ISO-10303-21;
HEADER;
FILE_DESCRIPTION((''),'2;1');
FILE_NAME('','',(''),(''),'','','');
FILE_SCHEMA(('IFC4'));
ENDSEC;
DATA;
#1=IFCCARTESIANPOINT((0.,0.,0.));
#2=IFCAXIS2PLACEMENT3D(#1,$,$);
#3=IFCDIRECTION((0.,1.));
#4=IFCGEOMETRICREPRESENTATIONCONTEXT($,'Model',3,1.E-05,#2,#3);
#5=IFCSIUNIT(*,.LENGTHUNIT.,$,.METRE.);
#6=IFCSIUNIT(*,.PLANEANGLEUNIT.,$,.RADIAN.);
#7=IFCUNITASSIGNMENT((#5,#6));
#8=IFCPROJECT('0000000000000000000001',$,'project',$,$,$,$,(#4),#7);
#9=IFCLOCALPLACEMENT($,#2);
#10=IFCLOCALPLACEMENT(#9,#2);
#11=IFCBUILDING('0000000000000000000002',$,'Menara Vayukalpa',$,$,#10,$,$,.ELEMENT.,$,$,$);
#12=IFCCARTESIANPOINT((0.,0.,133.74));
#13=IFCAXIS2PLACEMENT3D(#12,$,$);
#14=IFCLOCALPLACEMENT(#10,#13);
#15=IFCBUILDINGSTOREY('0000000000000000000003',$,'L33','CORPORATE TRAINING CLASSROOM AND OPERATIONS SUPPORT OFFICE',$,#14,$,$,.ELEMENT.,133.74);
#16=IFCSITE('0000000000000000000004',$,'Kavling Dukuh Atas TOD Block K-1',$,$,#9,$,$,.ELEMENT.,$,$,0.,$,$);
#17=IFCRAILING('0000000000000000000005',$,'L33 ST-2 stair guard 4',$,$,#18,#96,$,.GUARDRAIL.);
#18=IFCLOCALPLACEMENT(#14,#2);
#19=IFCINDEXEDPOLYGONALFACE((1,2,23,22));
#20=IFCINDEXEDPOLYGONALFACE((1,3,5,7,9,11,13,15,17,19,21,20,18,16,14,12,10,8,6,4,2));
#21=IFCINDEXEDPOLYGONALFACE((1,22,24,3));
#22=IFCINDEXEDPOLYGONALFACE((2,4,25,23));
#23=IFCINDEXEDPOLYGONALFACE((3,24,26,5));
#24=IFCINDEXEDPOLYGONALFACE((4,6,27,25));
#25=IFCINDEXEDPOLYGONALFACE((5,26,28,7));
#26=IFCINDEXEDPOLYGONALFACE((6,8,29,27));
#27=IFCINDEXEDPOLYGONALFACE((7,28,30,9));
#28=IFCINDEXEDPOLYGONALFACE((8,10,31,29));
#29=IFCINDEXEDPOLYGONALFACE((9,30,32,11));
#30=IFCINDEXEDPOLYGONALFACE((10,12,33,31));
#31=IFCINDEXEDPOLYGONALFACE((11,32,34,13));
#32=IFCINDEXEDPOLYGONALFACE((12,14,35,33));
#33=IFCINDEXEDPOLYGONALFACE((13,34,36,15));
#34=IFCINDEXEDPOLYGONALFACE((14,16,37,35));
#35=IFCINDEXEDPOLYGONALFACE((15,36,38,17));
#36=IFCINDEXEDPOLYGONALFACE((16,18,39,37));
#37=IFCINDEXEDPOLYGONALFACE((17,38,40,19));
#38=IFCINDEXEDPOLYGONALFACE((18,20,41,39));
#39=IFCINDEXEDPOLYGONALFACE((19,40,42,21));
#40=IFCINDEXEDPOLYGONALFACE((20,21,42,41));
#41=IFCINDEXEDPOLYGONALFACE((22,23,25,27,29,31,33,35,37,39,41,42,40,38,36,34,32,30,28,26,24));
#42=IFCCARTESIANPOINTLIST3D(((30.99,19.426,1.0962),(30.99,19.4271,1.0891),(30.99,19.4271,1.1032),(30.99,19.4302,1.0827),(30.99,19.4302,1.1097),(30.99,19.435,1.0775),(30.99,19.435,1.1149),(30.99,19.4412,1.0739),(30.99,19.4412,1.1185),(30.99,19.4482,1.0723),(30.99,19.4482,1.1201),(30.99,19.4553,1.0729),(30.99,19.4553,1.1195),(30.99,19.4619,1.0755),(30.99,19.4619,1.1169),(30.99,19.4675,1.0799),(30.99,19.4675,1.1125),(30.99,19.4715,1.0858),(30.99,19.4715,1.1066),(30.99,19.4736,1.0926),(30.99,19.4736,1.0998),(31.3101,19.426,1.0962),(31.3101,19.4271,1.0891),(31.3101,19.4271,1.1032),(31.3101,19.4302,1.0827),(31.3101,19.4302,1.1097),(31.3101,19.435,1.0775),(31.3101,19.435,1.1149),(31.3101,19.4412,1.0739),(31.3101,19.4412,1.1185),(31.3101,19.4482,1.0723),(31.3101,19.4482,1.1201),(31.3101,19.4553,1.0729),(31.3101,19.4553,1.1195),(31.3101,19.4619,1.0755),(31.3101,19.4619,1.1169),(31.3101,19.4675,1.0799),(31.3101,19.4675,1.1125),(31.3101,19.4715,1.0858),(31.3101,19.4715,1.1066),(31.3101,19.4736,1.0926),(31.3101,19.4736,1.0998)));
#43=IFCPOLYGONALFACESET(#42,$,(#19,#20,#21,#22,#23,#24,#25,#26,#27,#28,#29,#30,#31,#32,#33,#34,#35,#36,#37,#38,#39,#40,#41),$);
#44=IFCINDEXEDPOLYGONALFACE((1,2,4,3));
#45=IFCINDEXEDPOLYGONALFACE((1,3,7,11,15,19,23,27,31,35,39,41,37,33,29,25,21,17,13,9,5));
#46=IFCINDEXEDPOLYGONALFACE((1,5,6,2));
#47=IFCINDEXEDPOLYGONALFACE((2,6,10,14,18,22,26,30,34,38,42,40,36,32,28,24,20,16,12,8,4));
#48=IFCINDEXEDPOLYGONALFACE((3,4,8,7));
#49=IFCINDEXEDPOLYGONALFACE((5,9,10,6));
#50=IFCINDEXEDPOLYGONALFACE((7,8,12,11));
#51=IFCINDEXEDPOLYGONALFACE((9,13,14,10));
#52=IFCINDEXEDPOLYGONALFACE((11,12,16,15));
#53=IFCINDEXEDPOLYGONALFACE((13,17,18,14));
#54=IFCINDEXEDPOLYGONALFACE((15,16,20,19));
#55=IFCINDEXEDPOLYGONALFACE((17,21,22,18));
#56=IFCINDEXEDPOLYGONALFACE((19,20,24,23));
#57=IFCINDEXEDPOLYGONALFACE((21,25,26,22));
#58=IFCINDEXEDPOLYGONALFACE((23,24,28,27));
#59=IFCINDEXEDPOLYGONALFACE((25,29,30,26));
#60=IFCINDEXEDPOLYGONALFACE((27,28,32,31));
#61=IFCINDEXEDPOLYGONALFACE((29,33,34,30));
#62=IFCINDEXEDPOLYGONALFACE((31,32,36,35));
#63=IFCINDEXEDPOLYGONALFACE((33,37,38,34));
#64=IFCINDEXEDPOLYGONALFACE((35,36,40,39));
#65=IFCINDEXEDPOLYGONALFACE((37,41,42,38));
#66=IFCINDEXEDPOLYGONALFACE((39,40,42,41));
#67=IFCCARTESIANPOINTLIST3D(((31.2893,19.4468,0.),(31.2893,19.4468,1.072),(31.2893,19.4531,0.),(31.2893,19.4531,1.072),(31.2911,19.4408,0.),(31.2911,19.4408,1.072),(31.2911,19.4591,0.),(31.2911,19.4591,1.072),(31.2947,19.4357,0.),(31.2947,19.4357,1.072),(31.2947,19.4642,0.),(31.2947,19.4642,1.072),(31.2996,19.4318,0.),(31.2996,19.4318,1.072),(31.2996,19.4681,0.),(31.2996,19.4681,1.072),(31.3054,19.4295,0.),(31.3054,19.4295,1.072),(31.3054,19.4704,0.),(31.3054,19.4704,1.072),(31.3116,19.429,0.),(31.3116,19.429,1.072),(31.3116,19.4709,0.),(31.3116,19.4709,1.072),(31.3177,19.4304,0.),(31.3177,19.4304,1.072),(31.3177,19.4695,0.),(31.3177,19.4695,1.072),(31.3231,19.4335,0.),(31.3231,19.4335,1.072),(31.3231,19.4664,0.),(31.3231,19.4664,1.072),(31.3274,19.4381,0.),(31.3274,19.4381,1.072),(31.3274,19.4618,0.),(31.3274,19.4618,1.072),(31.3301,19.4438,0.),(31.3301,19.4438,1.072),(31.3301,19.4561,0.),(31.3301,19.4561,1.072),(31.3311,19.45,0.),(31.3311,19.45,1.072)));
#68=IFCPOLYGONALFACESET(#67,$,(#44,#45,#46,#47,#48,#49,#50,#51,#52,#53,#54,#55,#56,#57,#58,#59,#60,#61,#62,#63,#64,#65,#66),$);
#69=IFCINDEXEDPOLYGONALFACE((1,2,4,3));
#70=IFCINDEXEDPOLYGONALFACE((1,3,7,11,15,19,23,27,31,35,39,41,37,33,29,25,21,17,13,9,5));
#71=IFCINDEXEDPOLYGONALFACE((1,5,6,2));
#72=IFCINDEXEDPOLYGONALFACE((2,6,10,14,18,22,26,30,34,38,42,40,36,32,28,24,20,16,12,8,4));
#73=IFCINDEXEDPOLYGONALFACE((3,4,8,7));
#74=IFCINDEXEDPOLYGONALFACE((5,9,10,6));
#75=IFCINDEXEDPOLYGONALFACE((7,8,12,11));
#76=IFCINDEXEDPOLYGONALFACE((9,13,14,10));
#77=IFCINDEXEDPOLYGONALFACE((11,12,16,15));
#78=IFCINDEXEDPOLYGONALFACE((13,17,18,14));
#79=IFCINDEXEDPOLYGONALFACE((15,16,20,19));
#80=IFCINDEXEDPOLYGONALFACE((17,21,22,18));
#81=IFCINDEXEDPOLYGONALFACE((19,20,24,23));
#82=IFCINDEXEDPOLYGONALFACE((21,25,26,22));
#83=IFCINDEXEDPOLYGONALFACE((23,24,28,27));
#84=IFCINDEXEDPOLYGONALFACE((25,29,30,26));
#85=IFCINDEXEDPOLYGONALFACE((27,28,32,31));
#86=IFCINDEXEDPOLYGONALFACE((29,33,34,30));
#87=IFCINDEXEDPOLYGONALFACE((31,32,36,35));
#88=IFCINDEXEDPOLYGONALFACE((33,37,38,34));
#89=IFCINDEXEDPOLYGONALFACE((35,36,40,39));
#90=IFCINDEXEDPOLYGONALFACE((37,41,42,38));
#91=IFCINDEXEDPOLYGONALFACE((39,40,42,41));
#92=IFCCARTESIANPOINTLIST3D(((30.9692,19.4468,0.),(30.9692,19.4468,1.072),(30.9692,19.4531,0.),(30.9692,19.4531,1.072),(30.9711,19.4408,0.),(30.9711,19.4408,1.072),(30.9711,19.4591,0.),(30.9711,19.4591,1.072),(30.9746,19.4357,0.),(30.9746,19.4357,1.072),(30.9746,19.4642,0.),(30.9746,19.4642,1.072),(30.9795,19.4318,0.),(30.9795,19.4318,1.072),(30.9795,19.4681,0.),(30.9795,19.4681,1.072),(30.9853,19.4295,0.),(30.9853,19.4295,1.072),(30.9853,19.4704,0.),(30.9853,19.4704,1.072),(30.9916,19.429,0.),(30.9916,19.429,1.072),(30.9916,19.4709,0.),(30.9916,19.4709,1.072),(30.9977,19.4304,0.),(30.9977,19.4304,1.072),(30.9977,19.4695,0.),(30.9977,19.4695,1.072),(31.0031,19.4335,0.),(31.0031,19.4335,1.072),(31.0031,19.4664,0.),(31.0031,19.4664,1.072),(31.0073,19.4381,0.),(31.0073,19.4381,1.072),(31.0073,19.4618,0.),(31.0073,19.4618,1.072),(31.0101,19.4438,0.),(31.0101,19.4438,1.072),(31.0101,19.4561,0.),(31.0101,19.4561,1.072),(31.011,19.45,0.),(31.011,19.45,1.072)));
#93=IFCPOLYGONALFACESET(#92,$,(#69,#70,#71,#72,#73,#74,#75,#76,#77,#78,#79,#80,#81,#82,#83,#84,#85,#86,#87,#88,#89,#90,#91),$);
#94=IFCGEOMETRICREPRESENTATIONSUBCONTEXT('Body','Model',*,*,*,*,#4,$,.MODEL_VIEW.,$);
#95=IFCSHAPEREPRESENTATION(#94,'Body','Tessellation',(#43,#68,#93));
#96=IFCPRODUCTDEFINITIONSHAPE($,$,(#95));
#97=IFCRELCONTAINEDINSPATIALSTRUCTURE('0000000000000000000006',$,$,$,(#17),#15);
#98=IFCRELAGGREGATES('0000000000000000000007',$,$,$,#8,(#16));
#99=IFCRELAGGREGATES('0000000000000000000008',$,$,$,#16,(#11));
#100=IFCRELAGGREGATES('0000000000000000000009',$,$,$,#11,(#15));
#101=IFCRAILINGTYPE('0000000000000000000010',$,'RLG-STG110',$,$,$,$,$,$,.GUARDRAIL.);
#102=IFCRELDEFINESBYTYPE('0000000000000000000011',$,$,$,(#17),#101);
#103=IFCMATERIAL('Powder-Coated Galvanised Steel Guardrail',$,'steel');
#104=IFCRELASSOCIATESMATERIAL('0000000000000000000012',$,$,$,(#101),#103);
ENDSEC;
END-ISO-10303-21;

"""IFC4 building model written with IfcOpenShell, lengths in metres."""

from ifc_helpers import new_model, si_unit, direction, frame, origin, origin_2d, place, context, subcontext, project, spatial, circle, extrude, material, type_object, element, save


model = new_model("IFC4")

# Units and contexts
model_context = context("Model", 3, precision=1e-05, world=origin(), true_north=direction((0.0, 1.0)))
body_context = subcontext(model_context, "Body", "Model", "MODEL_VIEW")
ifc_project = project(units=[si_unit("LENGTHUNIT", "METRE"), si_unit("PLANEANGLEUNIT", "RADIAN")], contexts=[model_context])

# Site, building, storey
site_placement = place(None, origin())
site = spatial("IfcSite", under=ifc_project, at=site_placement, Name="Kavling Dukuh Atas TOD Block K-1", CompositionType="ELEMENT", RefElevation=0.0)
building_placement = place(site_placement, origin())
building = spatial("IfcBuilding", under=site, at=building_placement, Name="Menara Vayukalpa", CompositionType="ELEMENT")
storey_placement = place(building_placement, frame((0.0, 0.0, 133.74)))
storey = spatial("IfcBuildingStorey", under=building, at=storey_placement, Name="L33", Description="CORPORATE TRAINING CLASSROOM AND OPERATIONS SUPPORT OFFICE", CompositionType="ELEMENT", Elevation=133.74)

# Railing
ifc_material_1 = material(Name="Powder-Coated Galvanised Steel Guardrail", Category="steel")
railing_type_1 = type_object("IfcRailingType", Name="RLG-STG110", PredefinedType="GUARDRAIL", material=ifc_material_1)
railing_1_placement = place(storey_placement, frame((31.3101, 19.45, 0.0)))
element("IfcRailing", 1, at=railing_1_placement, inside=storey, type_object=railing_type_1, Name="L33 ST-2 stair guard 4", PredefinedType="GUARDRAIL", context=body_context, shape_type="SweptSolid", body=[
    extrude(circle(Radius=0.0239, at=origin_2d()), frame((0.0, 0.0, 1.0962), z_axis=(-1.0, 0.0, 0.0), x_axis=(0.0, -1.0, 0.0)), (0.0, 0.0, 1.0), 0.3201),
    extrude(circle(Radius=0.021, at=origin_2d()), origin(), (0.0, 0.0, 1.0), 1.072),
    extrude(circle(Radius=0.021, at=origin_2d()), frame((-0.3201, 0.0, 0.0)), (0.0, 0.0, 1.0), 1.072),
])

save(model, "model.ifc")
